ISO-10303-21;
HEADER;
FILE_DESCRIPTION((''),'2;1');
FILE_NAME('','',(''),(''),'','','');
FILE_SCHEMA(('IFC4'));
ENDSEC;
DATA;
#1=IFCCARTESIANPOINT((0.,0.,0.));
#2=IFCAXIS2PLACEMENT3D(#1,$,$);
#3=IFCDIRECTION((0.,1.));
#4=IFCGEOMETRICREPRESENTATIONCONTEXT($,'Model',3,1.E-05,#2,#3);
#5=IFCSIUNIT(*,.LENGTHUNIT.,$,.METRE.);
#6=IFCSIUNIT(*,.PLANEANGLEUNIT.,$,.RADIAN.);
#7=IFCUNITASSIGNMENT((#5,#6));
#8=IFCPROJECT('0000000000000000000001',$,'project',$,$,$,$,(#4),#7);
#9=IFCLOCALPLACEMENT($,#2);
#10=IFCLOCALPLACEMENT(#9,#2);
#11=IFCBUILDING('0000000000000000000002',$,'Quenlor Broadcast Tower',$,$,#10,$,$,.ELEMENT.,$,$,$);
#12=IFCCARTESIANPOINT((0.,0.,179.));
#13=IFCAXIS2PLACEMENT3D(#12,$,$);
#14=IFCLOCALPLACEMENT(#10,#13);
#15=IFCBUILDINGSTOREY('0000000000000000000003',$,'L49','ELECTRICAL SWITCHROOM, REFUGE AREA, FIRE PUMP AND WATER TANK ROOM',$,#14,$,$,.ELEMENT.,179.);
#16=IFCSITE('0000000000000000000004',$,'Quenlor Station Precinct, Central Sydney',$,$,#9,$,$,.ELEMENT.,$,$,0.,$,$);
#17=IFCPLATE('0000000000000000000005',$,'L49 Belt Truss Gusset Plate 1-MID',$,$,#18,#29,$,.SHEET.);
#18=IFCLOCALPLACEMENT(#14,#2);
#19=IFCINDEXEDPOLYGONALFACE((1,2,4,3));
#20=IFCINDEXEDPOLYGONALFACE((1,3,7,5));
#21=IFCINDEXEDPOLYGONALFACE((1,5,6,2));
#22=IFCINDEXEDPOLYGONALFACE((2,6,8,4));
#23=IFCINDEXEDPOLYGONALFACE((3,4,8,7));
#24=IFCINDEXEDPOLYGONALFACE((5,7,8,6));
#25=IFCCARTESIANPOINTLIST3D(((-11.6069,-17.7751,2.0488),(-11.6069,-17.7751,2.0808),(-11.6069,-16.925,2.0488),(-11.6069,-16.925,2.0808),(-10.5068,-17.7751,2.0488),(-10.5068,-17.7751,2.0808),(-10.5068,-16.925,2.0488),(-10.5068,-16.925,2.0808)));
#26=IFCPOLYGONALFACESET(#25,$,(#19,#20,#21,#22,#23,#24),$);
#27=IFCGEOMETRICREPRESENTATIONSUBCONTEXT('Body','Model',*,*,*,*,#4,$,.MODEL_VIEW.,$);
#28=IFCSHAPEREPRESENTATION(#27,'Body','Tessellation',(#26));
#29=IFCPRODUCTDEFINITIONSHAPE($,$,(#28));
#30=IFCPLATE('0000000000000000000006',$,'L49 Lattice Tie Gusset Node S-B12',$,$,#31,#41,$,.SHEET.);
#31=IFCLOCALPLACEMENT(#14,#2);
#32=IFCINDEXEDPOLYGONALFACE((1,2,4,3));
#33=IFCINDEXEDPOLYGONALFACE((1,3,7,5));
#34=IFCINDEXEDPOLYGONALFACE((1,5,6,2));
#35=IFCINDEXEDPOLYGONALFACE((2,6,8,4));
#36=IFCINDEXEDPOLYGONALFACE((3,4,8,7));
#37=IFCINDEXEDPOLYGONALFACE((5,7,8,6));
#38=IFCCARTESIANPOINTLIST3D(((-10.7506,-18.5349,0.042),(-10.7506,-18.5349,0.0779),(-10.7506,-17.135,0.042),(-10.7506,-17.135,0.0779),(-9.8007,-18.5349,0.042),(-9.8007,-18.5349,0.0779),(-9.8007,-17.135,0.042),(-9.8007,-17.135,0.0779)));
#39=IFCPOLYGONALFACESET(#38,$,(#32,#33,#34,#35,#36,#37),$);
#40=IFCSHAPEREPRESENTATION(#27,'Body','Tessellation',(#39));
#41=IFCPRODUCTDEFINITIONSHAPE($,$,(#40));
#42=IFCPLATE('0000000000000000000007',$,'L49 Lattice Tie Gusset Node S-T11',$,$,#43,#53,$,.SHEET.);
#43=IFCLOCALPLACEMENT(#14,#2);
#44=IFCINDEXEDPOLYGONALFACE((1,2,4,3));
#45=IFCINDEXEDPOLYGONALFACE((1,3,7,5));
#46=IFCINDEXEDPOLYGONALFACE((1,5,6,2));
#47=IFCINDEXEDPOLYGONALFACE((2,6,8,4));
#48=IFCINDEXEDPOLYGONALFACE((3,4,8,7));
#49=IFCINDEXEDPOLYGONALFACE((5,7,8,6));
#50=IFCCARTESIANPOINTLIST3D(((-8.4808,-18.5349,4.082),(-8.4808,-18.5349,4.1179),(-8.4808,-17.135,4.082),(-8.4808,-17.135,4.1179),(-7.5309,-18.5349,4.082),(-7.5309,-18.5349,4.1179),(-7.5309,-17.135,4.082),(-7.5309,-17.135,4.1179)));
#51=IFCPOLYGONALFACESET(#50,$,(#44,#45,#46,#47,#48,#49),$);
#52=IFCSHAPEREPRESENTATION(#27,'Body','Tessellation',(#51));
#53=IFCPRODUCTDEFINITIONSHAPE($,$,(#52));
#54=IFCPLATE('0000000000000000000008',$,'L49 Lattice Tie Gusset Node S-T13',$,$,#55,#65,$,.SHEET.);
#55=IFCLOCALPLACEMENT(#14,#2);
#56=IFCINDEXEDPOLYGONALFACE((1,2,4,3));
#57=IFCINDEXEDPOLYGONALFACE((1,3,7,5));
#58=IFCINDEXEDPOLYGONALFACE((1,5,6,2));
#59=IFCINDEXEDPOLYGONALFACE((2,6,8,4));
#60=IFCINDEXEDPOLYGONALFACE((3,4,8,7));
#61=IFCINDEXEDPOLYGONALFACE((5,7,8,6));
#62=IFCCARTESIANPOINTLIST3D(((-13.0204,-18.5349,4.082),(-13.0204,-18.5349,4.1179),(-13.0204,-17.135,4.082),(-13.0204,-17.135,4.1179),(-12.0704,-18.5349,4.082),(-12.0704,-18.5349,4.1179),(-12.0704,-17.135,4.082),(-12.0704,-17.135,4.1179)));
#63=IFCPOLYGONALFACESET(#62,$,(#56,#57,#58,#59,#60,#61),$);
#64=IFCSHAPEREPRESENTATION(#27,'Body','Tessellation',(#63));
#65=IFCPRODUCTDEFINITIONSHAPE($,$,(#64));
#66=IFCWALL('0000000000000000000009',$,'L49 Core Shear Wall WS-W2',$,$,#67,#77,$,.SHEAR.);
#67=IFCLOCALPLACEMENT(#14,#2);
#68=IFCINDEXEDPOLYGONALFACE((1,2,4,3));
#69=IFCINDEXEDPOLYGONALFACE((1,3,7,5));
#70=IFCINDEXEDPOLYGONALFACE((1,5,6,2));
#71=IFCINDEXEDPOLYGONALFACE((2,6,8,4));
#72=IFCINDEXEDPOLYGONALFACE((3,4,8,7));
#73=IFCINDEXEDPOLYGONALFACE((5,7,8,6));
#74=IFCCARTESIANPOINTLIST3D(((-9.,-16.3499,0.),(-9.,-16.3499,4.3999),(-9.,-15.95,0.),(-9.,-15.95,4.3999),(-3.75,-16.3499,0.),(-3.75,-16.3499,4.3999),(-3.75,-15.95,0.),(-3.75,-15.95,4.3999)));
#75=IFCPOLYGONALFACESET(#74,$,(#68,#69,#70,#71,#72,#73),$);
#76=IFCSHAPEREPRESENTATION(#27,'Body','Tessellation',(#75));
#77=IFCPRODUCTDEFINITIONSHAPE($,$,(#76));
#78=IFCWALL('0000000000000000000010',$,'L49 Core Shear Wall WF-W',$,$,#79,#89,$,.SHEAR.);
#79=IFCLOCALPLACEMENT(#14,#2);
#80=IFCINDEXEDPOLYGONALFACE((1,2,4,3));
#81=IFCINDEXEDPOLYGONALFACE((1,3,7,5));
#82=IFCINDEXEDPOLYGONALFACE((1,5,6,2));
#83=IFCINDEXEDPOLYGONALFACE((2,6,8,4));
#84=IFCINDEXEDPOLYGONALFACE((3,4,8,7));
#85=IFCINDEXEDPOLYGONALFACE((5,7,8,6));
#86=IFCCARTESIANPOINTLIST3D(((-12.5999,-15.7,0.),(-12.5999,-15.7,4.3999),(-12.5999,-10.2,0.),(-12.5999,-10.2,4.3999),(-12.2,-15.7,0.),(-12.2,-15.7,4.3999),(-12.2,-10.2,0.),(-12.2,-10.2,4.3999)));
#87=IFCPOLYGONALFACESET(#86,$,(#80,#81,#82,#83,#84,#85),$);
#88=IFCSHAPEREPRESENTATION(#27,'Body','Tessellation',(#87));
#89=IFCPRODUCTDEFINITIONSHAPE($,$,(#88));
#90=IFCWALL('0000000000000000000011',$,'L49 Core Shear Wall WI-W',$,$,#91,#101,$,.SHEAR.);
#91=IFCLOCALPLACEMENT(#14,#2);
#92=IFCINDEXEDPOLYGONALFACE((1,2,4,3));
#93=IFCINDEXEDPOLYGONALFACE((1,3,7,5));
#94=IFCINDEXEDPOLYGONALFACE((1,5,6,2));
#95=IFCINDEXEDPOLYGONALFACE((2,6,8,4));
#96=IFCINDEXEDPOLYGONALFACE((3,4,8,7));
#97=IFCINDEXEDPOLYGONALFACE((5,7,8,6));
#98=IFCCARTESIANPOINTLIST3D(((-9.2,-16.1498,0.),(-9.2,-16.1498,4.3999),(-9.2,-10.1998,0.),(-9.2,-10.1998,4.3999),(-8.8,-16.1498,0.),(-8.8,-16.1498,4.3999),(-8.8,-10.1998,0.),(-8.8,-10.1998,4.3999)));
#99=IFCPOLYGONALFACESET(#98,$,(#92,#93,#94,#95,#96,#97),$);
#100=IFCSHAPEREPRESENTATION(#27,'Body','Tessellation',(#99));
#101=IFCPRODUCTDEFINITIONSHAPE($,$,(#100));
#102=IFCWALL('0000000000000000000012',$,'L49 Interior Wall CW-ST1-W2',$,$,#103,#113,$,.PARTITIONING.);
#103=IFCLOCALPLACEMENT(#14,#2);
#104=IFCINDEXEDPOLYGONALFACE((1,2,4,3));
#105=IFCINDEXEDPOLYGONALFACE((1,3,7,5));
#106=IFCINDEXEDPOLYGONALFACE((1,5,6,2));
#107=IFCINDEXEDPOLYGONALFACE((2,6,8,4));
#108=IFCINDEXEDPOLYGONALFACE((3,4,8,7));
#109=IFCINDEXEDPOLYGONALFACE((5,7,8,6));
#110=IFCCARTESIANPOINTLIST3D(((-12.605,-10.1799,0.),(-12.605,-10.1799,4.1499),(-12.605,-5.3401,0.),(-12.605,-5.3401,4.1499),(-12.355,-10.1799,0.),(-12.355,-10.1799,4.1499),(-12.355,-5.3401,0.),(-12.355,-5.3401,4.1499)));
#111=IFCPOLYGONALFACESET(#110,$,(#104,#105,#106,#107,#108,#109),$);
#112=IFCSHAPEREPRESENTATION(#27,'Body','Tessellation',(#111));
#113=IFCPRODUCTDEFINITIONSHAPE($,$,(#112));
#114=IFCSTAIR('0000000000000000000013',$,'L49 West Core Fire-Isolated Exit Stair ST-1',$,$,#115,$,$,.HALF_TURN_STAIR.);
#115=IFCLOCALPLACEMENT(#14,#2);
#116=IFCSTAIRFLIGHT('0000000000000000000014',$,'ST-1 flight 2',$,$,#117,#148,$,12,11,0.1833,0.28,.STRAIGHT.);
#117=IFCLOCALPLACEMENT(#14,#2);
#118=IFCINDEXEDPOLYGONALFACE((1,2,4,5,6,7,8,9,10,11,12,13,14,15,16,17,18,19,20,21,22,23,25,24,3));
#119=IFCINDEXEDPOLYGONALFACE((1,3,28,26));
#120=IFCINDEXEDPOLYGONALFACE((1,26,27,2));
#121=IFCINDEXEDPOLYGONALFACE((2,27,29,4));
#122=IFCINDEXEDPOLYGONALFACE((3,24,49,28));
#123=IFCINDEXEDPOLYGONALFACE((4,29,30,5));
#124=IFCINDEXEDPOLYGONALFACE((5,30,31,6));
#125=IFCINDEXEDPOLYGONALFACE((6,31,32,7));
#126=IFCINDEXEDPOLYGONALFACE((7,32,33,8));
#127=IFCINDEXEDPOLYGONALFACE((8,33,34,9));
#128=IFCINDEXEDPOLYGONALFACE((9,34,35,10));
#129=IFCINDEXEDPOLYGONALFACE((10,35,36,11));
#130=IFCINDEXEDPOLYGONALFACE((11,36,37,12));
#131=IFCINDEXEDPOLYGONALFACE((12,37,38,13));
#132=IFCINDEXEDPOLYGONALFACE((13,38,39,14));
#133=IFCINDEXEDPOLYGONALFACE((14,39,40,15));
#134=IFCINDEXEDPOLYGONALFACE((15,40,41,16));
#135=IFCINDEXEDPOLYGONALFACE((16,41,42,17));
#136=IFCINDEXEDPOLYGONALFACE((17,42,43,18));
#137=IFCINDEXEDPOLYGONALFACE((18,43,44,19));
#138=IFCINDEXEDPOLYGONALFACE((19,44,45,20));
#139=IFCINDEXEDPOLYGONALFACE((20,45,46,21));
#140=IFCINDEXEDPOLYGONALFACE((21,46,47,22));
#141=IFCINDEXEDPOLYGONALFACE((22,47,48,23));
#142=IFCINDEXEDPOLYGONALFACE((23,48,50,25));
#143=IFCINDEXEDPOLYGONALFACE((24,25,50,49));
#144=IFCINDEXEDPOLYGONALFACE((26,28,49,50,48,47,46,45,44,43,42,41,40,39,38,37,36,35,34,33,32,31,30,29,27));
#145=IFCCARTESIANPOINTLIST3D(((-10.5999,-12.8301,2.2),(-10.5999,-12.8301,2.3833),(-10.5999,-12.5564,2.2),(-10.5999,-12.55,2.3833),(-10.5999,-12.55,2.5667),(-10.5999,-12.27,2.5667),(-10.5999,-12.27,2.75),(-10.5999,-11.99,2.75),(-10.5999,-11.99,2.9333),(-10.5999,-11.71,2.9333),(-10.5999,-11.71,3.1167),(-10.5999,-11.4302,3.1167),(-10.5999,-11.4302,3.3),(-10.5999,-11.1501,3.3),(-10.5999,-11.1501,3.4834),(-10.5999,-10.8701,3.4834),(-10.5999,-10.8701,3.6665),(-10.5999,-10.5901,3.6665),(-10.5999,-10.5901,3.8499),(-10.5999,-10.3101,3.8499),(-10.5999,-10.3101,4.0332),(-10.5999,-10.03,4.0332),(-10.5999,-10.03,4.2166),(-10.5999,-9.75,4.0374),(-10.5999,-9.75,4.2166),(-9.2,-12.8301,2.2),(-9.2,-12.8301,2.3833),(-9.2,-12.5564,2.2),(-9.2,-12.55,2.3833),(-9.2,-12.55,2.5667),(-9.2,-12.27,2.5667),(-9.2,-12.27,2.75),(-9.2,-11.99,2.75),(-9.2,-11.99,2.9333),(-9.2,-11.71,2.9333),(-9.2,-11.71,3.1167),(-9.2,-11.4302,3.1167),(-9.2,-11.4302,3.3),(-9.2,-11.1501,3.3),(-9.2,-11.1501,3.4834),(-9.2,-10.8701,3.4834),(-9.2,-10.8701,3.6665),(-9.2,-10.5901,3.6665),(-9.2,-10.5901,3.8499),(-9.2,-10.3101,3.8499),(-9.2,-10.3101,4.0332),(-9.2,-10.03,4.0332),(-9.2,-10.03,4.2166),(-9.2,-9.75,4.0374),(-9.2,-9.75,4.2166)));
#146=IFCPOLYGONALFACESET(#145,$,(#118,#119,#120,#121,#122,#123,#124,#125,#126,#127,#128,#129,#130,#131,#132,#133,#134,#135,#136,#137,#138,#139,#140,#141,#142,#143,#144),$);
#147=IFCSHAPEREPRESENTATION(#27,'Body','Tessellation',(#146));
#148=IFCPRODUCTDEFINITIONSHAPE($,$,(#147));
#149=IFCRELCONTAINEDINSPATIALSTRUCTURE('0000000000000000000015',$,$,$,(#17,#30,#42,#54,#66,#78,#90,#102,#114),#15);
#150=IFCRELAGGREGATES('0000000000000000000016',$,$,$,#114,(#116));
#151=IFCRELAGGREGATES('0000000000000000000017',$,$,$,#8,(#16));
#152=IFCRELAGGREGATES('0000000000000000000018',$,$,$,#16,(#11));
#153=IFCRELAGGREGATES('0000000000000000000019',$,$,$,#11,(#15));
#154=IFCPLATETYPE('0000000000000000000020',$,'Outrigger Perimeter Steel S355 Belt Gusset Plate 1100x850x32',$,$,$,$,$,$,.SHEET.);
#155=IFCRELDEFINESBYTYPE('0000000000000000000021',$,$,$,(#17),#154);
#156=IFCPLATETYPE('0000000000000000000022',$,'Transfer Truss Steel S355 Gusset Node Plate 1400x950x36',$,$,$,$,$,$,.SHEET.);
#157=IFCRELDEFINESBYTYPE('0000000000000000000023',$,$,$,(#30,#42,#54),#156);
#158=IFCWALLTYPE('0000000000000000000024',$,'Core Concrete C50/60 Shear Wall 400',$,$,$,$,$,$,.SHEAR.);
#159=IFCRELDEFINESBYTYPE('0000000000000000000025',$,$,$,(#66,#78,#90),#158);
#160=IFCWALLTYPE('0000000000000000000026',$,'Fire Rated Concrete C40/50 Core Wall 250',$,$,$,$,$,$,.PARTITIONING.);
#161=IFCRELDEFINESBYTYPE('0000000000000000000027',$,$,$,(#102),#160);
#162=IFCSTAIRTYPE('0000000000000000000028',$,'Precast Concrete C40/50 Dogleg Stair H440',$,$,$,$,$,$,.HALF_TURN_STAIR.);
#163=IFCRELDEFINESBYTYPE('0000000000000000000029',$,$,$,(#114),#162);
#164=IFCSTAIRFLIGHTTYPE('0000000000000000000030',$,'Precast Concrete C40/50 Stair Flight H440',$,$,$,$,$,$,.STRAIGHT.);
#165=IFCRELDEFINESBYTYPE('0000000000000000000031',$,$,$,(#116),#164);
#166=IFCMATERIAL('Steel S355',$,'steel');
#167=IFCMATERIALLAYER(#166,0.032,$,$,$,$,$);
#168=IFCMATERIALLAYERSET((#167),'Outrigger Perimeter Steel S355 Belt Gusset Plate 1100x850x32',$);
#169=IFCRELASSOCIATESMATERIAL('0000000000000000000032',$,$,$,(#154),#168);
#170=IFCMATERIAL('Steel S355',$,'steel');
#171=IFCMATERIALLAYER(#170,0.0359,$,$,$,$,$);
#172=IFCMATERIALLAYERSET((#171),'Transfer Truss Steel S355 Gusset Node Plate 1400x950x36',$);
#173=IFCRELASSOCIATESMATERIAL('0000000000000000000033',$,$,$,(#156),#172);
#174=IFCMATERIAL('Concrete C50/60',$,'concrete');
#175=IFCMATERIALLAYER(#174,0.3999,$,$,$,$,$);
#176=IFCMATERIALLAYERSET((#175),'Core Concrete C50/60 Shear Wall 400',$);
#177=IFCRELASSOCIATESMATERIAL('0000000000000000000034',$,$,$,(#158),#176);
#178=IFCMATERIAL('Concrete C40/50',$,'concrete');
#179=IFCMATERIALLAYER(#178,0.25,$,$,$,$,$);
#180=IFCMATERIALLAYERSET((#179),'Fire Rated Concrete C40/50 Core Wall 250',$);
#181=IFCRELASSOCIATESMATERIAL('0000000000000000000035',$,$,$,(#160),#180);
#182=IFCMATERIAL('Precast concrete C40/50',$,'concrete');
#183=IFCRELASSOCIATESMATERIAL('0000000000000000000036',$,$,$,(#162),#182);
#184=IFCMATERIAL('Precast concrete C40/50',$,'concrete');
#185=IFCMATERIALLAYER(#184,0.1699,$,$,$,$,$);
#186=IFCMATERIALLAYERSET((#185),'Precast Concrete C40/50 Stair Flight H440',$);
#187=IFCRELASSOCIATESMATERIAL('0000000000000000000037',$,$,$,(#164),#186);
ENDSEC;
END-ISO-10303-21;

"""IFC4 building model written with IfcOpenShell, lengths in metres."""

from ifc_helpers import new_model, si_unit, direction, frame, frame_2d, origin, origin_2d, place, context, subcontext, project, spatial, polyline, rectangle, outline, extrude, material, layer, layer_set, type_object, element, aggregate, save


model = new_model("IFC4")

# Units and contexts
model_context = context("Model", 3, precision=1e-05, world=origin(), true_north=direction((0.0, 1.0)))
body_context = subcontext(model_context, "Body", "Model", "MODEL_VIEW")
ifc_project = project(units=[si_unit("LENGTHUNIT", "METRE"), si_unit("PLANEANGLEUNIT", "RADIAN")], contexts=[model_context])

# Site, building, storey
site_placement = place(None, origin())
site = spatial("IfcSite", under=ifc_project, at=site_placement, Name="Quenlor Station Precinct, Central Sydney", CompositionType="ELEMENT", RefElevation=0.0)
building_placement = place(site_placement, origin())
building = spatial("IfcBuilding", under=site, at=building_placement, Name="Quenlor Broadcast Tower", CompositionType="ELEMENT")
storey_placement = place(building_placement, frame((0.0, 0.0, 179.0)))
storey = spatial("IfcBuildingStorey", under=building, at=storey_placement, Name="L49", Description="ELECTRICAL SWITCHROOM, REFUGE AREA, FIRE PUMP AND WATER TANK ROOM", CompositionType="ELEMENT", Elevation=179.0)

# Plates
ifc_material_1 = material(Name="Steel S355", Category="steel")
ifc_layer_1 = layer(ifc_material_1, 0.032)
ifc_layer_set_1 = layer_set([ifc_layer_1], Name="Outrigger Perimeter Steel S355 Belt Gusset Plate 1100x850x32")
plate_type_1 = type_object("IfcPlateType", Name="Outrigger Perimeter Steel S355 Belt Gusset Plate 1100x850x32", PredefinedType="SHEET", material=ifc_layer_set_1)
for number, where, z_axis, x_axis, name in (
    (1, (-11.0569, -17.3501, 2.0488), (0.0, 0.0, 1.0), (1.0, 0.0, 0.0), "L49 Belt Truss Gusset Plate 1-MID"),
):
    element("IfcPlate", number, at=place(storey_placement, frame(where, z_axis=z_axis, x_axis=x_axis)), inside=storey, type_object=plate_type_1, Name=name, PredefinedType="SHEET", context=body_context, shape_type="SweptSolid", body=[
        extrude(rectangle(XDim=1.1001, YDim=0.8501, at=origin_2d()), origin(), (0.0, 0.0, 1.0), 0.032),
    ])
ifc_material_2 = material(Name="Steel S355", Category="steel")
ifc_layer_2 = layer(ifc_material_2, 0.0359)
ifc_layer_set_2 = layer_set([ifc_layer_2], Name="Transfer Truss Steel S355 Gusset Node Plate 1400x950x36")
plate_type_2 = type_object("IfcPlateType", Name="Transfer Truss Steel S355 Gusset Node Plate 1400x950x36", PredefinedType="SHEET", material=ifc_layer_set_2)
for number, where, z_axis, x_axis, name in (
    (2, (-10.2756, -17.835, 0.042), (0.0, 0.0, 1.0), (0.0, -1.0, 0.0), "L49 Lattice Tie Gusset Node S-B12"),
    (3, (-8.0059, -17.835, 4.082), (0.0, 0.0, 1.0), (0.0, -1.0, 0.0), "L49 Lattice Tie Gusset Node S-T11"),
    (4, (-12.5454, -17.835, 4.082), (0.0, 0.0, 1.0), (0.0, -1.0, 0.0), "L49 Lattice Tie Gusset Node S-T13"),
):
    element("IfcPlate", number, at=place(storey_placement, frame(where, z_axis=z_axis, x_axis=x_axis)), inside=storey, type_object=plate_type_2, Name=name, PredefinedType="SHEET", context=body_context, shape_type="SweptSolid", body=[
        extrude(rectangle(XDim=1.3999, YDim=0.95, at=origin_2d()), origin(), (0.0, 0.0, 1.0), 0.0359),
    ])

# Walls
ifc_material_3 = material(Name="Concrete C50/60", Category="concrete")
ifc_layer_3 = layer(ifc_material_3, 0.3999)
ifc_layer_set_3 = layer_set([ifc_layer_3], Name="Core Concrete C50/60 Shear Wall 400")
wall_type_1 = type_object("IfcWallType", Name="Core Concrete C50/60 Shear Wall 400", PredefinedType="SHEAR", material=ifc_layer_set_3)
wall_1_placement = place(storey_placement, frame((-9.0, -16.1499, 0.0), z_axis=(0.0, 0.0, 1.0), x_axis=(1.0, 0.0, 0.0)))
element("IfcWall", 5, at=wall_1_placement, inside=storey, type_object=wall_type_1, Name="L49 Core Shear Wall WS-W2", PredefinedType="SHEAR", context=body_context, shape_type="SweptSolid", body=[
    extrude(rectangle(XDim=5.25, YDim=0.3999, at=frame_2d((2.625, 0.0))), origin(), (0.0, 0.0, 1.0), 4.3999),
])
wall_2_placement = place(storey_placement, frame((-12.3999, -15.7, 0.0), z_axis=(0.0, 0.0, 1.0), x_axis=(0.0, 1.0, 0.0)))
element("IfcWall", 6, at=wall_2_placement, inside=storey, type_object=wall_type_1, Name="L49 Core Shear Wall WF-W", PredefinedType="SHEAR", context=body_context, shape_type="SweptSolid", body=[
    extrude(rectangle(XDim=5.5, YDim=0.3999, at=frame_2d((2.75, 0.0))), origin(), (0.0, 0.0, 1.0), 4.3999),
])
wall_3_placement = place(storey_placement, frame((-9.0, -16.1499, 0.0), z_axis=(0.0, 0.0, 1.0), x_axis=(0.0, 1.0, 0.0)))
element("IfcWall", 7, at=wall_3_placement, inside=storey, type_object=wall_type_1, Name="L49 Core Shear Wall WI-W", PredefinedType="SHEAR", context=body_context, shape_type="SweptSolid", body=[
    extrude(rectangle(XDim=5.95, YDim=0.3999, at=frame_2d((2.9751, 0.0))), origin(), (0.0, 0.0, 1.0), 4.3999),
])

# Shared definitions
ifc_material_4 = material(Name="Concrete C40/50", Category="concrete")
ifc_layer_4 = layer(ifc_material_4, 0.25)
ifc_layer_set_4 = layer_set([ifc_layer_4], Name="Fire Rated Concrete C40/50 Core Wall 250")
wall_type_2 = type_object("IfcWallType", Name="Fire Rated Concrete C40/50 Core Wall 250", PredefinedType="PARTITIONING", material=ifc_layer_set_4)

# Wall
wall_4_placement = place(storey_placement, frame((-12.48, -10.1799, 0.0), z_axis=(0.0, 0.0, 1.0), x_axis=(0.0, 1.0, 0.0)))
element("IfcWall", 8, at=wall_4_placement, inside=storey, type_object=wall_type_2, Name="L49 Interior Wall CW-ST1-W2", PredefinedType="PARTITIONING", context=body_context, shape_type="SweptSolid", body=[
    extrude(rectangle(XDim=4.8398, YDim=0.25, at=frame_2d((2.4199, 0.0))), origin(), (0.0, 0.0, 1.0), 4.1499),
])

# Stair, stair flight
ifc_material_5 = material(Name="Precast concrete C40/50", Category="concrete")
stair_type = type_object("IfcStairType", Name="Precast Concrete C40/50 Dogleg Stair H440", PredefinedType="HALF_TURN_STAIR", material=ifc_material_5)
stair_placement = place(storey_placement, origin())
stair = element("IfcStair", 9, at=stair_placement, inside=storey, type_object=stair_type, Name="L49 West Core Fire-Isolated Exit Stair ST-1", PredefinedType="HALF_TURN_STAIR")
ifc_material_6 = material(Name="Precast concrete C40/50", Category="concrete")
ifc_layer_5 = layer(ifc_material_6, 0.1699)
ifc_layer_set_5 = layer_set([ifc_layer_5], Name="Precast Concrete C40/50 Stair Flight H440")
stair_flight_type = type_object("IfcStairFlightType", Name="Precast Concrete C40/50 Stair Flight H440", PredefinedType="STRAIGHT", material=ifc_layer_set_5)
stair_flight_placement = place(storey_placement, frame((-9.8999, -12.8301, 2.2), z_axis=(0.0, 0.0, 1.0), x_axis=(0.0, 1.0, 0.0)))
stair_flight = element("IfcStairFlight", 10, at=stair_flight_placement, type_object=stair_flight_type, Name="ST-1 flight 2", NumberOfRisers=12, NumberOfTreads=11, PredefinedType="STRAIGHT", RiserHeight=0.1833, TreadLength=0.28, context=body_context, shape_type="SweptSolid", body=[
    extrude(outline(polyline([(0.0, 0.0), (0.0, 0.1833), (0.28, 0.1833), (0.28, 0.3667), (0.5601, 0.3667), (0.5601, 0.55), (0.8401, 0.55), (0.8401, 0.7334), (1.1201, 0.7334), (1.1201, 0.9167), (1.3999, 0.9167), (1.3999, 1.1001), (1.6799, 1.1001), (1.6799, 1.2834), (1.96, 1.2834), (1.96, 1.4666), (2.24, 1.4666), (2.24, 1.6499), (2.52, 1.6499), (2.52, 1.8333), (2.8, 1.8333), (2.8, 2.0166), (3.0801, 2.0166), (3.0801, 2.2), (3.0801, 1.8374), (0.2737, 0.0), (0.0, 0.0)])), frame((0.0, 0.7, 0.0), z_axis=(0.0, -1.0, 0.0), x_axis=(1.0, 0.0, 0.0)), (0.0, 0.0, 1.0), 1.3999),
])
aggregate(stair, [stair_flight])

save(model, "model.ifc")
